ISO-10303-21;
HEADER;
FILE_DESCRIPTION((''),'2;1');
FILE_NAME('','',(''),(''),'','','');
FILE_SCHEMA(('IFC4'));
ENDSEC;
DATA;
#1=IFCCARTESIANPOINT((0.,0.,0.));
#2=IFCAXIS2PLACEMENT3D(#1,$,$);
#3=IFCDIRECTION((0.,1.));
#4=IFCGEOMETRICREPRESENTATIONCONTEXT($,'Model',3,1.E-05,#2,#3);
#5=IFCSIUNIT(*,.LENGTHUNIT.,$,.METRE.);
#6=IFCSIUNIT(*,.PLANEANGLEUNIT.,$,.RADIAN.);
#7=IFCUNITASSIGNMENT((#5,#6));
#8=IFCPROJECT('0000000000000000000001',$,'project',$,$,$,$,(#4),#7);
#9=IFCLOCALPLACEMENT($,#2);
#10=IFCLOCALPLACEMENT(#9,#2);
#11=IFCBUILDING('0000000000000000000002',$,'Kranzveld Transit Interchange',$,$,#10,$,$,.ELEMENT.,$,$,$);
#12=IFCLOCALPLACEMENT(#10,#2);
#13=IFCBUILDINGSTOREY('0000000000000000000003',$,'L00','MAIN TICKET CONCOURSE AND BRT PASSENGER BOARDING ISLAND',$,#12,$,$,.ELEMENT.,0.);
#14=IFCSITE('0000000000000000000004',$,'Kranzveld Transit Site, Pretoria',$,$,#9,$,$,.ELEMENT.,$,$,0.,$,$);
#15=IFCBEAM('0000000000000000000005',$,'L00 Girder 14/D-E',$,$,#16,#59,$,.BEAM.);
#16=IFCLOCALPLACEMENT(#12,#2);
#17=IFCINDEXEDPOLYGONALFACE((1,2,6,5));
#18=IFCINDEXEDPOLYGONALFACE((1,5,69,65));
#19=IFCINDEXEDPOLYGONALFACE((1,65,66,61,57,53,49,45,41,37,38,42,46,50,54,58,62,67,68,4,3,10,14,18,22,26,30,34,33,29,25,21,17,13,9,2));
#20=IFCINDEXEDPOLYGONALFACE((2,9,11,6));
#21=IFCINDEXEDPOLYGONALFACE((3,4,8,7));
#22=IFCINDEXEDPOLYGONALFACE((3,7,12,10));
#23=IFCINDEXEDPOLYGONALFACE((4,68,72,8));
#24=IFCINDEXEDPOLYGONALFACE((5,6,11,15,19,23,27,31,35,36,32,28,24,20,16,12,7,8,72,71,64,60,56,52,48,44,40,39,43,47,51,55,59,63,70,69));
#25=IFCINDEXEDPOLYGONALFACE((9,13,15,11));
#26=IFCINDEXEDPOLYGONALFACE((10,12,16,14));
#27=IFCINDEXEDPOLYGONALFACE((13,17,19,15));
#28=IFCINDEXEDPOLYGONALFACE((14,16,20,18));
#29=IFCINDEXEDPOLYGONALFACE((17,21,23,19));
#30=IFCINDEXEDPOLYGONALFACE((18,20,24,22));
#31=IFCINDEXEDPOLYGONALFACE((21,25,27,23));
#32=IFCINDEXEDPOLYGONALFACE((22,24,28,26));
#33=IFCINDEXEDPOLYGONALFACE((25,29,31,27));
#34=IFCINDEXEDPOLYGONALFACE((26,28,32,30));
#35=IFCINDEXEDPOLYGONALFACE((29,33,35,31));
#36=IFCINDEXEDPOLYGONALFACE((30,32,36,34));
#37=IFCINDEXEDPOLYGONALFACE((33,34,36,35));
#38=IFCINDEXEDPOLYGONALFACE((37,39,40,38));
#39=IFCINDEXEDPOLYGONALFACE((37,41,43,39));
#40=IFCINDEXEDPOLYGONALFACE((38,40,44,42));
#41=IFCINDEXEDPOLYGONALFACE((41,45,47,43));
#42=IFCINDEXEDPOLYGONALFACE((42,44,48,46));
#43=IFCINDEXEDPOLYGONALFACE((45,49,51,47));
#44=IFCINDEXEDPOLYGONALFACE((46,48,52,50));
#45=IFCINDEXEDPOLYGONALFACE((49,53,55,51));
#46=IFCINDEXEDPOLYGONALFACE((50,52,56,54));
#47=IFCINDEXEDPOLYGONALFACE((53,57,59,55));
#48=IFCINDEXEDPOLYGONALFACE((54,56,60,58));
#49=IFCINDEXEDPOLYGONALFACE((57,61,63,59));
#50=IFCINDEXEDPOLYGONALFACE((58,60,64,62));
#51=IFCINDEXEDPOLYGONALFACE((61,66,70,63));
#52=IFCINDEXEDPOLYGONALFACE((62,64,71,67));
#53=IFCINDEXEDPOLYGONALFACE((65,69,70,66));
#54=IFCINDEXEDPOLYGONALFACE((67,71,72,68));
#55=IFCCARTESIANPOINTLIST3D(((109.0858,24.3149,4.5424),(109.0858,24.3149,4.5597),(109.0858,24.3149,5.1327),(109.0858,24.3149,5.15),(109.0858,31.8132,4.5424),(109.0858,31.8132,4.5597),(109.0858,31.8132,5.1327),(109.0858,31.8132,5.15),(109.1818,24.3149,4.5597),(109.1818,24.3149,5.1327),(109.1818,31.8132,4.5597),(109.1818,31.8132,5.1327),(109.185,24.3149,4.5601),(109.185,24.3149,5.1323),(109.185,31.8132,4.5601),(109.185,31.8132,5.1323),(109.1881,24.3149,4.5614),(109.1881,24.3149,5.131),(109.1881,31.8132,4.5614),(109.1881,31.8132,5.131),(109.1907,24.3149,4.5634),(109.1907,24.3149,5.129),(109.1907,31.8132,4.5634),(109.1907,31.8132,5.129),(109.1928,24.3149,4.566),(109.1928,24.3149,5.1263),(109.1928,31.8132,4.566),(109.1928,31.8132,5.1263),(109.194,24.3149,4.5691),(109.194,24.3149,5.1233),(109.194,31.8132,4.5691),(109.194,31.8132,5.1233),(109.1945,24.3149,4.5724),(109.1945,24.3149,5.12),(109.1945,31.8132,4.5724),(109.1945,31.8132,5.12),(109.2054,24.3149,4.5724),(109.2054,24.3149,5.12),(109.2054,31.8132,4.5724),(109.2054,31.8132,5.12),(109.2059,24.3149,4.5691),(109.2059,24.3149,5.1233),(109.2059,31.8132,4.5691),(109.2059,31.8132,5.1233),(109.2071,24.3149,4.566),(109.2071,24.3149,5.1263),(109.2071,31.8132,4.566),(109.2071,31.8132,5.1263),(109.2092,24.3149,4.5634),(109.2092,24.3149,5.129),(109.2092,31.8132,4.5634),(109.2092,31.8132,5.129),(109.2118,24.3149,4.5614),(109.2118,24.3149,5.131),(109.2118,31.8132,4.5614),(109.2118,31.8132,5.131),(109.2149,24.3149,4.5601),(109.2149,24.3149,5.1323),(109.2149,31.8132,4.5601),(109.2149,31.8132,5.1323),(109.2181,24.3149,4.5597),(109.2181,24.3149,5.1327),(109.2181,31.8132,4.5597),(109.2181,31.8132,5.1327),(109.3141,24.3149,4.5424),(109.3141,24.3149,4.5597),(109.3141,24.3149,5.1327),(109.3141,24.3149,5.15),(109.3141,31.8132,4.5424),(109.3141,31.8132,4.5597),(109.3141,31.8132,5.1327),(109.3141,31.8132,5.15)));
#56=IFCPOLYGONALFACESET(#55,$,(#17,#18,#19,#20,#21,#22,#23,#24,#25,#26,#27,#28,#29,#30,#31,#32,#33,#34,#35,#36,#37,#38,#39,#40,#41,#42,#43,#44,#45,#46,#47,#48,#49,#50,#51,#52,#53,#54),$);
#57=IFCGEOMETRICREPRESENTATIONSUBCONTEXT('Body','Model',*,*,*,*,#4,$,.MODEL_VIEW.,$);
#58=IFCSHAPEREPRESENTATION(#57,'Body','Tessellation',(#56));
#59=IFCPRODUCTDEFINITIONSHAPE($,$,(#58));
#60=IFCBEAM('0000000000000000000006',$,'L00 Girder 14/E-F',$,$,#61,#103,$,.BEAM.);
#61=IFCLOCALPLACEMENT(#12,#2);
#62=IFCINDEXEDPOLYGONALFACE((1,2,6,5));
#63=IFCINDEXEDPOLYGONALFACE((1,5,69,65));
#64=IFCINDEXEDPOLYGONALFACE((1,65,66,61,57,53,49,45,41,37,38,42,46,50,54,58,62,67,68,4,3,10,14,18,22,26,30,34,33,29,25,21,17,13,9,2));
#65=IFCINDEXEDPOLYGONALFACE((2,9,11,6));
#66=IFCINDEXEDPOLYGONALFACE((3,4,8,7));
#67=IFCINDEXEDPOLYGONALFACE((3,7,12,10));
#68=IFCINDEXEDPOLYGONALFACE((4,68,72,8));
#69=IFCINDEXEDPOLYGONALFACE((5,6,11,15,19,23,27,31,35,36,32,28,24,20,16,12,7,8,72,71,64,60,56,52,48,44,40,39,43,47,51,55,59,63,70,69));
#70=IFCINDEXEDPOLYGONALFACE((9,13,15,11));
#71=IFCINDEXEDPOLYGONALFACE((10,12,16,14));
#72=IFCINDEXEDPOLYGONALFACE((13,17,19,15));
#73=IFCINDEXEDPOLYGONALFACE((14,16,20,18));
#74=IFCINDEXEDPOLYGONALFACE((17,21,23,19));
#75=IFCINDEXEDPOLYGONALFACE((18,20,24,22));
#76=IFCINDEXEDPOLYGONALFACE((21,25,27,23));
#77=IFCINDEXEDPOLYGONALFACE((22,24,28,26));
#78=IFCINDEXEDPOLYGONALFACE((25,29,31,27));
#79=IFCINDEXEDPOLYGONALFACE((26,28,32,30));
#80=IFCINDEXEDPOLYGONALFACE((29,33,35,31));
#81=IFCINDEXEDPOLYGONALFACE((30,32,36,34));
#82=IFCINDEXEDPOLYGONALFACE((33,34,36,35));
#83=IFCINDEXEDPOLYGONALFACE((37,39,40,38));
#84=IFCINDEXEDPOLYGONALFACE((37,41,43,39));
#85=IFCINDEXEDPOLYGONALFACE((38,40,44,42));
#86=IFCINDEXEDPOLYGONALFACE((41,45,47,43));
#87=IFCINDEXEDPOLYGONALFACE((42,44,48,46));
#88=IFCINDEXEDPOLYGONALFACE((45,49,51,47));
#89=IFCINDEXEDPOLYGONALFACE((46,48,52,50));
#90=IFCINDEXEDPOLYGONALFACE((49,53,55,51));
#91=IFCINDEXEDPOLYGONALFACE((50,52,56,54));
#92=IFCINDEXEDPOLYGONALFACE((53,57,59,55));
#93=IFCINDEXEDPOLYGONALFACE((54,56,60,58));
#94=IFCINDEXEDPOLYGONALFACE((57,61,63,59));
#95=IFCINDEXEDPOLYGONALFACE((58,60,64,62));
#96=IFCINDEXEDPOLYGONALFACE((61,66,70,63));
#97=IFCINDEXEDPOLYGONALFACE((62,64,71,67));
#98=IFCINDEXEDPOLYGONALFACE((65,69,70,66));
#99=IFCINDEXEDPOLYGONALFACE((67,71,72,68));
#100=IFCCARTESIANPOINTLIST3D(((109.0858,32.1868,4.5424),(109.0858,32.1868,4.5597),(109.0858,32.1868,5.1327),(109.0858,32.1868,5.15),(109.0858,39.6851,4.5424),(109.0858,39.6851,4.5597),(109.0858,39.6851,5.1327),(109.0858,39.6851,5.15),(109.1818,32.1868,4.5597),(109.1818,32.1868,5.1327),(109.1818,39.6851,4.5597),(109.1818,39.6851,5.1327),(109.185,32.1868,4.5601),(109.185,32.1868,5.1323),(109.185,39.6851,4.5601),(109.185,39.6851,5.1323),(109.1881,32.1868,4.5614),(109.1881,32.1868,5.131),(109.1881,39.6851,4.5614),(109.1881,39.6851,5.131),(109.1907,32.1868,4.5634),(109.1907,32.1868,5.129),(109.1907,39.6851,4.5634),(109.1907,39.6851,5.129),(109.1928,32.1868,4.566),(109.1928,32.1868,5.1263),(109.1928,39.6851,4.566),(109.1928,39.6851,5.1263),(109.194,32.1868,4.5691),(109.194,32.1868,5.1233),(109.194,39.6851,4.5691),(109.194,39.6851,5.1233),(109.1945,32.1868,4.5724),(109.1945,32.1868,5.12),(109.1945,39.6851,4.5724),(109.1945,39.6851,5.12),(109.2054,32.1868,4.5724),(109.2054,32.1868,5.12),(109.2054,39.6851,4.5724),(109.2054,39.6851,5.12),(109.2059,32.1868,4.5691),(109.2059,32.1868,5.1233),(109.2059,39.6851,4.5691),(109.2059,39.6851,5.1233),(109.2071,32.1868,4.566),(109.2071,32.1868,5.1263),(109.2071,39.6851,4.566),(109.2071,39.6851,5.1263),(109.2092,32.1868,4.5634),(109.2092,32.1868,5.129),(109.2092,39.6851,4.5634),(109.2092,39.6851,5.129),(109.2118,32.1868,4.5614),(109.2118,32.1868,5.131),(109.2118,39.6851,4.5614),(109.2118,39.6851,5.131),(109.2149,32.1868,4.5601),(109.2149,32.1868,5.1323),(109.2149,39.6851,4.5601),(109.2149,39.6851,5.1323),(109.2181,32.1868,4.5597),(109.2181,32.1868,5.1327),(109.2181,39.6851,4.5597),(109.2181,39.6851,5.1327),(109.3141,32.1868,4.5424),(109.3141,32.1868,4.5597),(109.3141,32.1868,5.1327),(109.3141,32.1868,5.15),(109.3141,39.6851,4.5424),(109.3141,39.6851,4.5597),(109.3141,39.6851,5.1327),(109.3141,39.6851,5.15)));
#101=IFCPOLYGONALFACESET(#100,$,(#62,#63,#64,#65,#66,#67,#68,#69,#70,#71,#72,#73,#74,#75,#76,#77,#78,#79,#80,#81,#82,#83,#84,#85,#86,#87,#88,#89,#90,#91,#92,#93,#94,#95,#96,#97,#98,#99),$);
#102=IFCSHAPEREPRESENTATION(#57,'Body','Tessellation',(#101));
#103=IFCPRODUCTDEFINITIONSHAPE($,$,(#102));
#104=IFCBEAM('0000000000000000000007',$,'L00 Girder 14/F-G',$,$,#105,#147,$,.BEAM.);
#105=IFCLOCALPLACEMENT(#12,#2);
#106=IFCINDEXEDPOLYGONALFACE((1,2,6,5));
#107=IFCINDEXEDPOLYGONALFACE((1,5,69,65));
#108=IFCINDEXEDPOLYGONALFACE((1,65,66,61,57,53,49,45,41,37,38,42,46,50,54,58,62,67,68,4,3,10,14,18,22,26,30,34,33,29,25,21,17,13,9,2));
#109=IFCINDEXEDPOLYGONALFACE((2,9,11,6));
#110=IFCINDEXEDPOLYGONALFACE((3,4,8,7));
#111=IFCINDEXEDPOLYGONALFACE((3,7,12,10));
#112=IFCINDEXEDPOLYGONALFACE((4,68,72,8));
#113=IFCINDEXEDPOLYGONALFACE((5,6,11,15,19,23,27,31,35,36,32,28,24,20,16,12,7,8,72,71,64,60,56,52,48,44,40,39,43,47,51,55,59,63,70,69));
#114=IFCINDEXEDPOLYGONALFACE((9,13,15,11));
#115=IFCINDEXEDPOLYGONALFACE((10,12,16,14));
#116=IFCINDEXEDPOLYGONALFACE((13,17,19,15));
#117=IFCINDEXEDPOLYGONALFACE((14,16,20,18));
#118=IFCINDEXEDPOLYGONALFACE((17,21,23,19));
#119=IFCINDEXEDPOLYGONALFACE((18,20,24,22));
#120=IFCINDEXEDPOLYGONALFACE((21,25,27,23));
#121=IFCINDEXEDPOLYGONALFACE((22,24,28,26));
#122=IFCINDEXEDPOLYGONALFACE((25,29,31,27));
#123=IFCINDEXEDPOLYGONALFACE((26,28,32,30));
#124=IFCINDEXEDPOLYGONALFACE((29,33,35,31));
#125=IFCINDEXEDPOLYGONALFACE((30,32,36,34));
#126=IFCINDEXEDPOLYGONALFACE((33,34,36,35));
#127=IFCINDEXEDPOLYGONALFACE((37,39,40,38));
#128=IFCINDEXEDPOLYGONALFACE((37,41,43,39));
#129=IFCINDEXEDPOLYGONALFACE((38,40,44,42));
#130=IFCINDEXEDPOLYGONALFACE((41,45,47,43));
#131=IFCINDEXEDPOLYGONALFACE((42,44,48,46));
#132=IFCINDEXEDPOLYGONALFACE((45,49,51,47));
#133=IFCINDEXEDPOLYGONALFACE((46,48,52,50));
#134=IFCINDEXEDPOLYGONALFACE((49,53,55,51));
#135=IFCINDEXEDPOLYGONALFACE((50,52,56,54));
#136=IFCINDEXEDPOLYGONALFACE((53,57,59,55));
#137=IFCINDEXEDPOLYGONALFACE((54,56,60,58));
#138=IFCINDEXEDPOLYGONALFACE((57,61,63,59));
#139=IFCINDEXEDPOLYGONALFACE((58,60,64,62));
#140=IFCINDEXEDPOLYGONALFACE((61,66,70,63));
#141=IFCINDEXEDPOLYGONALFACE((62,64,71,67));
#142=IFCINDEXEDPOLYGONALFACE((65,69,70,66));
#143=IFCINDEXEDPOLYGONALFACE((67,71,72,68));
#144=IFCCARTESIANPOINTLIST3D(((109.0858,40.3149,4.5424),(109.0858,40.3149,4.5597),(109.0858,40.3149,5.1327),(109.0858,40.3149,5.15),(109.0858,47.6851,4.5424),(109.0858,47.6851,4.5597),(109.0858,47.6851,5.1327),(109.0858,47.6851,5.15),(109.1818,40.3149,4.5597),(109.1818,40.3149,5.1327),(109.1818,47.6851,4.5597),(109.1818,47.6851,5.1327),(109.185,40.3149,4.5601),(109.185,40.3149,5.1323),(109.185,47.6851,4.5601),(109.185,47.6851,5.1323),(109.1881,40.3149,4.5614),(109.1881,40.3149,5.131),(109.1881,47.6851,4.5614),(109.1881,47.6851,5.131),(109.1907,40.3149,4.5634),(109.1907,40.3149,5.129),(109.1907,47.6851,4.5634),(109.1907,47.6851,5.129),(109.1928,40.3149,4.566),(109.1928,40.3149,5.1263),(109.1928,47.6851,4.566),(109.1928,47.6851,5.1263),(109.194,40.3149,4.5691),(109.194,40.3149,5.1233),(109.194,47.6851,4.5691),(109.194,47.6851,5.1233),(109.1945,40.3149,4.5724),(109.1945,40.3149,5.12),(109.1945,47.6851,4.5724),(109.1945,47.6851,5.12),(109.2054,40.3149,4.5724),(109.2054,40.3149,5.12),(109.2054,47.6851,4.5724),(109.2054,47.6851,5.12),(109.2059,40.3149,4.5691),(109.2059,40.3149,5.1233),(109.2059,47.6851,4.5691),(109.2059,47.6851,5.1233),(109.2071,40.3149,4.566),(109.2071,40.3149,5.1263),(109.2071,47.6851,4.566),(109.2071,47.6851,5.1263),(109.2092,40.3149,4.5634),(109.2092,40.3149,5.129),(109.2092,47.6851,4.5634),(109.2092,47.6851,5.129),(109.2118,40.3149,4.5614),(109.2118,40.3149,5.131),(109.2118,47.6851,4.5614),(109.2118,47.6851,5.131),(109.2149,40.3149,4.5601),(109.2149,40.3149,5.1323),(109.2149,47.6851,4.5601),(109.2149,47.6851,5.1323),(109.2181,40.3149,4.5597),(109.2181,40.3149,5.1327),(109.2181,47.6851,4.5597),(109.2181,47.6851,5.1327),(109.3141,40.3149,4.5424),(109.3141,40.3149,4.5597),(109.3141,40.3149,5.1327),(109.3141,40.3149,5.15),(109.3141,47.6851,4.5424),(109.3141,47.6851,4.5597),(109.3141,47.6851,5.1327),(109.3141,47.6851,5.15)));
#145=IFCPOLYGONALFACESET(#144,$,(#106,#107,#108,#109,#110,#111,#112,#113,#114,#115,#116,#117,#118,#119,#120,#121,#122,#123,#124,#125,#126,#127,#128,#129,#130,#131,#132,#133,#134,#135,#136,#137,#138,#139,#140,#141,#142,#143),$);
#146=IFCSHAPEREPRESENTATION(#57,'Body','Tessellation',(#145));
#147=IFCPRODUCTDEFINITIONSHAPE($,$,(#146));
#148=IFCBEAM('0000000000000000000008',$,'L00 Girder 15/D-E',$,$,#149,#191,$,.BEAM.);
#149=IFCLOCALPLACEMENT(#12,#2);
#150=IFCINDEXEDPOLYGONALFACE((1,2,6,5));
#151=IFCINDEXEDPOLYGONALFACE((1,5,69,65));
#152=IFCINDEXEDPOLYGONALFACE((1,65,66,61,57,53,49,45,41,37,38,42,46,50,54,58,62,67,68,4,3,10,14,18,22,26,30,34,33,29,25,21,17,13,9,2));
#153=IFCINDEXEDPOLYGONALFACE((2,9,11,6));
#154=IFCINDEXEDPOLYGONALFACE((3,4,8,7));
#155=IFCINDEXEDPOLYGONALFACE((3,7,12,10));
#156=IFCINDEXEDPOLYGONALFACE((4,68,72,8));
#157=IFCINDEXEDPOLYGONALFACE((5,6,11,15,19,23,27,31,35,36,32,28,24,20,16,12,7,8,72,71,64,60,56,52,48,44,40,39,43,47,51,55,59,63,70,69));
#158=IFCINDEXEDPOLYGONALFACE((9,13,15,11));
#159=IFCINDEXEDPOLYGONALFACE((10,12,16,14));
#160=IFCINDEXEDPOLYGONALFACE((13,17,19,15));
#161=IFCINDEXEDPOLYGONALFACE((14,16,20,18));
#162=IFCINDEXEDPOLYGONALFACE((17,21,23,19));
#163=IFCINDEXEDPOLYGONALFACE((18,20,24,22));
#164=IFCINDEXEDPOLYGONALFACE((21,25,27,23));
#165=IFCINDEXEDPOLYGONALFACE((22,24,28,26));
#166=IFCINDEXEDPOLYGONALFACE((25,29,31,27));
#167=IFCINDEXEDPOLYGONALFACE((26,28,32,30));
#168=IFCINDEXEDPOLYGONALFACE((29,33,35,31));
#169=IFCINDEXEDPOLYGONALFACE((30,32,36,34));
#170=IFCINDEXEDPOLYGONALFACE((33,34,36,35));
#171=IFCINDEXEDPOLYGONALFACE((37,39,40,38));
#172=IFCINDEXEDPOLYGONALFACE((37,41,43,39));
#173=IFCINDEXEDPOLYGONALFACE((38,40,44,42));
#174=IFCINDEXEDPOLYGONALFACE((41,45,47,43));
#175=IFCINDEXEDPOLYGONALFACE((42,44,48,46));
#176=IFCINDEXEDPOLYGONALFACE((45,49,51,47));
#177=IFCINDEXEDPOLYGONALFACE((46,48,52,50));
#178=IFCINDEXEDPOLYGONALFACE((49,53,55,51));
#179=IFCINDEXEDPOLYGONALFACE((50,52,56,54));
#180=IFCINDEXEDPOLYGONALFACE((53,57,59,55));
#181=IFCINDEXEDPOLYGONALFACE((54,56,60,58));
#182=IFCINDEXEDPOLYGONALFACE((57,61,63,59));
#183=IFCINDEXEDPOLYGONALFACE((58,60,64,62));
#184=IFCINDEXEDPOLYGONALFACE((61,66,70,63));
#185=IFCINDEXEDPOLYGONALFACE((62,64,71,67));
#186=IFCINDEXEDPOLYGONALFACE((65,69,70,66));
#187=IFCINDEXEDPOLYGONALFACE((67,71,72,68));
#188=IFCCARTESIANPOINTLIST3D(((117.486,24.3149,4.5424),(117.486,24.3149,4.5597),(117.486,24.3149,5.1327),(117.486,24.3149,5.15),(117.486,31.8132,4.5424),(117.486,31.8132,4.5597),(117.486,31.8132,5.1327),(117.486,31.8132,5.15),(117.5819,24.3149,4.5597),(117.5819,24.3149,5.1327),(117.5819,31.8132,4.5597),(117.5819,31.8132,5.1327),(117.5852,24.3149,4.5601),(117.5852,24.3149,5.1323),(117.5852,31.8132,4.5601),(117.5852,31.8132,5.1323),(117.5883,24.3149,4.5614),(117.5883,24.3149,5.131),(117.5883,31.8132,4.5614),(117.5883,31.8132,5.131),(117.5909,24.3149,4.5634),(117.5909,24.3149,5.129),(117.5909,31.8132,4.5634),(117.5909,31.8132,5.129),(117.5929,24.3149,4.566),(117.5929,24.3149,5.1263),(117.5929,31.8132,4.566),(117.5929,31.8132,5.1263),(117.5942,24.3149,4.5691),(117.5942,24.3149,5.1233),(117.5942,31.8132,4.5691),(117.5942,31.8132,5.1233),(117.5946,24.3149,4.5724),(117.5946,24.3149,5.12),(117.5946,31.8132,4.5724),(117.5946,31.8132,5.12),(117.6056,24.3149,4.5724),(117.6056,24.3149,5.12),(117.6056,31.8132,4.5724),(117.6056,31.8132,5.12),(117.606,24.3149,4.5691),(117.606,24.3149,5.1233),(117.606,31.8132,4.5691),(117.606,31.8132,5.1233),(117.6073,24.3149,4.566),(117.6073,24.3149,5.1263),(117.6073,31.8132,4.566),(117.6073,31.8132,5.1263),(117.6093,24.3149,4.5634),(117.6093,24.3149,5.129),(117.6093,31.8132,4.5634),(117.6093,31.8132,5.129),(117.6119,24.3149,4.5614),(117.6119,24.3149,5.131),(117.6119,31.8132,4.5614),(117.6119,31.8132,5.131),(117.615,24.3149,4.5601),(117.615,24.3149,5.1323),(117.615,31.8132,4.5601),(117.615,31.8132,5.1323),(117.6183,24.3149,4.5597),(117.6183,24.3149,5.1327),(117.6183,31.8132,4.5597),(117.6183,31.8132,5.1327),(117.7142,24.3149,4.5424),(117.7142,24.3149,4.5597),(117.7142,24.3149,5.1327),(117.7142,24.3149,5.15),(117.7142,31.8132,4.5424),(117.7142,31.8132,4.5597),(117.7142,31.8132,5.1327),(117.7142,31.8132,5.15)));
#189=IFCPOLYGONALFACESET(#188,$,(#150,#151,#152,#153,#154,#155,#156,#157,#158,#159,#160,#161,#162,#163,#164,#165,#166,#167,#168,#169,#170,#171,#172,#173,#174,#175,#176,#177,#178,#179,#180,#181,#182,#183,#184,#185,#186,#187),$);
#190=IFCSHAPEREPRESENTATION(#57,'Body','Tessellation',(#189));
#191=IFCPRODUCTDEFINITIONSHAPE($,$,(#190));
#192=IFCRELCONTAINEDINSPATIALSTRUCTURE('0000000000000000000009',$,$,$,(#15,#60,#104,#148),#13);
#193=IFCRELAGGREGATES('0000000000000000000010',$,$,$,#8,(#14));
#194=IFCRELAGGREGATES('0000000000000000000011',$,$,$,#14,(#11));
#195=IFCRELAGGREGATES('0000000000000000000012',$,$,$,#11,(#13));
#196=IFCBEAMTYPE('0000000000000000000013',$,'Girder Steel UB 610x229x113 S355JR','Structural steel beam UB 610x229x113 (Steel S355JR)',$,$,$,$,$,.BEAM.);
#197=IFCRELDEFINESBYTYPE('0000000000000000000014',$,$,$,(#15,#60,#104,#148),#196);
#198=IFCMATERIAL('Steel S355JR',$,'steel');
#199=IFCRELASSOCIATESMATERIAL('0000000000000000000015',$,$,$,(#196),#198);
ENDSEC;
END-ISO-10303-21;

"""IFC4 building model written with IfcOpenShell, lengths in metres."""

from ifc_helpers import new_model, si_unit, direction, frame, origin, origin_2d, place, context, subcontext, project, spatial, i_section, extrude, material, material_profile, profile_set, type_object, element, save


model = new_model("IFC4")

# Units and contexts
model_context = context("Model", 3, precision=1e-05, world=origin(), true_north=direction((0.0, 1.0)))
body_context = subcontext(model_context, "Body", "Model", "MODEL_VIEW")
ifc_project = project(units=[si_unit("LENGTHUNIT", "METRE"), si_unit("PLANEANGLEUNIT", "RADIAN")], contexts=[model_context])

# Site, building, storey
site_placement = place(None, origin())
site = spatial("IfcSite", under=ifc_project, at=site_placement, Name="Kranzveld Transit Site, Pretoria", CompositionType="ELEMENT", RefElevation=0.0)
building_placement = place(site_placement, origin())
building = spatial("IfcBuilding", under=site, at=building_placement, Name="Kranzveld Transit Interchange", CompositionType="ELEMENT")
storey_placement = place(building_placement, origin())
storey = spatial("IfcBuildingStorey", under=building, at=storey_placement, Name="L00", Description="MAIN TICKET CONCOURSE AND BRT PASSENGER BOARDING ISLAND", CompositionType="ELEMENT", Elevation=0.0)

# Beams
ifc_material_1 = material(Name="Steel S355JR", Category="steel")
ifc_material_profile_1 = material_profile(ifc_material_1, i_section(OverallWidth=0.2283, OverallDepth=0.6077, WebThickness=0.011, FlangeThickness=0.0173, FilletRadius=0.0127, at=origin_2d()), Name="UB 610x229x113")
ifc_profile_set_1 = profile_set([ifc_material_profile_1], Name="Steel S355JR")
beam_type_1 = type_object("IfcBeamType", Name="Girder Steel UB 610x229x113 S355JR", Description="Structural steel beam UB 610x229x113 (Steel S355JR)", PredefinedType="BEAM", material=ifc_profile_set_1)
for number, where, z_axis, x_axis, name in (
    (1, (109.2, 24.3149, 4.8462), (0.0, 1.0, 0.0), (-1.0, 0.0, 0.0), "L00 Girder 14/D-E"),
    (2, (109.2, 32.1868, 4.8462), (0.0, 1.0, 0.0), (-1.0, 0.0, 0.0), "L00 Girder 14/E-F"),
):
    element("IfcBeam", number, at=place(storey_placement, frame(where, z_axis=z_axis, x_axis=x_axis)), inside=storey, type_object=beam_type_1, Name=name, PredefinedType="BEAM", context=body_context, shape_type="SweptSolid", body=[
        extrude(i_section(OverallWidth=0.2283, OverallDepth=0.6077, WebThickness=0.011, FlangeThickness=0.0173, FilletRadius=0.0127, at=origin_2d()), origin(), (0.0, 0.0, 1.0), 7.4983),
    ])
beam_1_placement = place(storey_placement, frame((109.2, 40.3149, 4.8462), z_axis=(0.0, 1.0, 0.0), x_axis=(-1.0, 0.0, 0.0)))
element("IfcBeam", 3, at=beam_1_placement, inside=storey, type_object=beam_type_1, Name="L00 Girder 14/F-G", PredefinedType="BEAM", context=body_context, shape_type="SweptSolid", body=[
    extrude(i_section(OverallWidth=0.2283, OverallDepth=0.6077, WebThickness=0.011, FlangeThickness=0.0173, FilletRadius=0.0127, at=origin_2d()), origin(), (0.0, 0.0, 1.0), 7.3701),
])
for number, where, z_axis, x_axis, name in (
    (4, (117.6001, 24.3149, 4.8462), (0.0, 1.0, 0.0), (-1.0, 0.0, 0.0), "L00 Girder 15/D-E"),
):
    element("IfcBeam", number, at=place(storey_placement, frame(where, z_axis=z_axis, x_axis=x_axis)), inside=storey, type_object=beam_type_1, Name=name, PredefinedType="BEAM", context=body_context, shape_type="SweptSolid", body=[
        extrude(i_section(OverallWidth=0.2283, OverallDepth=0.6077, WebThickness=0.011, FlangeThickness=0.0173, FilletRadius=0.0127, at=origin_2d()), origin(), (0.0, 0.0, 1.0), 7.4983),
    ])

save(model, "model.ifc")
